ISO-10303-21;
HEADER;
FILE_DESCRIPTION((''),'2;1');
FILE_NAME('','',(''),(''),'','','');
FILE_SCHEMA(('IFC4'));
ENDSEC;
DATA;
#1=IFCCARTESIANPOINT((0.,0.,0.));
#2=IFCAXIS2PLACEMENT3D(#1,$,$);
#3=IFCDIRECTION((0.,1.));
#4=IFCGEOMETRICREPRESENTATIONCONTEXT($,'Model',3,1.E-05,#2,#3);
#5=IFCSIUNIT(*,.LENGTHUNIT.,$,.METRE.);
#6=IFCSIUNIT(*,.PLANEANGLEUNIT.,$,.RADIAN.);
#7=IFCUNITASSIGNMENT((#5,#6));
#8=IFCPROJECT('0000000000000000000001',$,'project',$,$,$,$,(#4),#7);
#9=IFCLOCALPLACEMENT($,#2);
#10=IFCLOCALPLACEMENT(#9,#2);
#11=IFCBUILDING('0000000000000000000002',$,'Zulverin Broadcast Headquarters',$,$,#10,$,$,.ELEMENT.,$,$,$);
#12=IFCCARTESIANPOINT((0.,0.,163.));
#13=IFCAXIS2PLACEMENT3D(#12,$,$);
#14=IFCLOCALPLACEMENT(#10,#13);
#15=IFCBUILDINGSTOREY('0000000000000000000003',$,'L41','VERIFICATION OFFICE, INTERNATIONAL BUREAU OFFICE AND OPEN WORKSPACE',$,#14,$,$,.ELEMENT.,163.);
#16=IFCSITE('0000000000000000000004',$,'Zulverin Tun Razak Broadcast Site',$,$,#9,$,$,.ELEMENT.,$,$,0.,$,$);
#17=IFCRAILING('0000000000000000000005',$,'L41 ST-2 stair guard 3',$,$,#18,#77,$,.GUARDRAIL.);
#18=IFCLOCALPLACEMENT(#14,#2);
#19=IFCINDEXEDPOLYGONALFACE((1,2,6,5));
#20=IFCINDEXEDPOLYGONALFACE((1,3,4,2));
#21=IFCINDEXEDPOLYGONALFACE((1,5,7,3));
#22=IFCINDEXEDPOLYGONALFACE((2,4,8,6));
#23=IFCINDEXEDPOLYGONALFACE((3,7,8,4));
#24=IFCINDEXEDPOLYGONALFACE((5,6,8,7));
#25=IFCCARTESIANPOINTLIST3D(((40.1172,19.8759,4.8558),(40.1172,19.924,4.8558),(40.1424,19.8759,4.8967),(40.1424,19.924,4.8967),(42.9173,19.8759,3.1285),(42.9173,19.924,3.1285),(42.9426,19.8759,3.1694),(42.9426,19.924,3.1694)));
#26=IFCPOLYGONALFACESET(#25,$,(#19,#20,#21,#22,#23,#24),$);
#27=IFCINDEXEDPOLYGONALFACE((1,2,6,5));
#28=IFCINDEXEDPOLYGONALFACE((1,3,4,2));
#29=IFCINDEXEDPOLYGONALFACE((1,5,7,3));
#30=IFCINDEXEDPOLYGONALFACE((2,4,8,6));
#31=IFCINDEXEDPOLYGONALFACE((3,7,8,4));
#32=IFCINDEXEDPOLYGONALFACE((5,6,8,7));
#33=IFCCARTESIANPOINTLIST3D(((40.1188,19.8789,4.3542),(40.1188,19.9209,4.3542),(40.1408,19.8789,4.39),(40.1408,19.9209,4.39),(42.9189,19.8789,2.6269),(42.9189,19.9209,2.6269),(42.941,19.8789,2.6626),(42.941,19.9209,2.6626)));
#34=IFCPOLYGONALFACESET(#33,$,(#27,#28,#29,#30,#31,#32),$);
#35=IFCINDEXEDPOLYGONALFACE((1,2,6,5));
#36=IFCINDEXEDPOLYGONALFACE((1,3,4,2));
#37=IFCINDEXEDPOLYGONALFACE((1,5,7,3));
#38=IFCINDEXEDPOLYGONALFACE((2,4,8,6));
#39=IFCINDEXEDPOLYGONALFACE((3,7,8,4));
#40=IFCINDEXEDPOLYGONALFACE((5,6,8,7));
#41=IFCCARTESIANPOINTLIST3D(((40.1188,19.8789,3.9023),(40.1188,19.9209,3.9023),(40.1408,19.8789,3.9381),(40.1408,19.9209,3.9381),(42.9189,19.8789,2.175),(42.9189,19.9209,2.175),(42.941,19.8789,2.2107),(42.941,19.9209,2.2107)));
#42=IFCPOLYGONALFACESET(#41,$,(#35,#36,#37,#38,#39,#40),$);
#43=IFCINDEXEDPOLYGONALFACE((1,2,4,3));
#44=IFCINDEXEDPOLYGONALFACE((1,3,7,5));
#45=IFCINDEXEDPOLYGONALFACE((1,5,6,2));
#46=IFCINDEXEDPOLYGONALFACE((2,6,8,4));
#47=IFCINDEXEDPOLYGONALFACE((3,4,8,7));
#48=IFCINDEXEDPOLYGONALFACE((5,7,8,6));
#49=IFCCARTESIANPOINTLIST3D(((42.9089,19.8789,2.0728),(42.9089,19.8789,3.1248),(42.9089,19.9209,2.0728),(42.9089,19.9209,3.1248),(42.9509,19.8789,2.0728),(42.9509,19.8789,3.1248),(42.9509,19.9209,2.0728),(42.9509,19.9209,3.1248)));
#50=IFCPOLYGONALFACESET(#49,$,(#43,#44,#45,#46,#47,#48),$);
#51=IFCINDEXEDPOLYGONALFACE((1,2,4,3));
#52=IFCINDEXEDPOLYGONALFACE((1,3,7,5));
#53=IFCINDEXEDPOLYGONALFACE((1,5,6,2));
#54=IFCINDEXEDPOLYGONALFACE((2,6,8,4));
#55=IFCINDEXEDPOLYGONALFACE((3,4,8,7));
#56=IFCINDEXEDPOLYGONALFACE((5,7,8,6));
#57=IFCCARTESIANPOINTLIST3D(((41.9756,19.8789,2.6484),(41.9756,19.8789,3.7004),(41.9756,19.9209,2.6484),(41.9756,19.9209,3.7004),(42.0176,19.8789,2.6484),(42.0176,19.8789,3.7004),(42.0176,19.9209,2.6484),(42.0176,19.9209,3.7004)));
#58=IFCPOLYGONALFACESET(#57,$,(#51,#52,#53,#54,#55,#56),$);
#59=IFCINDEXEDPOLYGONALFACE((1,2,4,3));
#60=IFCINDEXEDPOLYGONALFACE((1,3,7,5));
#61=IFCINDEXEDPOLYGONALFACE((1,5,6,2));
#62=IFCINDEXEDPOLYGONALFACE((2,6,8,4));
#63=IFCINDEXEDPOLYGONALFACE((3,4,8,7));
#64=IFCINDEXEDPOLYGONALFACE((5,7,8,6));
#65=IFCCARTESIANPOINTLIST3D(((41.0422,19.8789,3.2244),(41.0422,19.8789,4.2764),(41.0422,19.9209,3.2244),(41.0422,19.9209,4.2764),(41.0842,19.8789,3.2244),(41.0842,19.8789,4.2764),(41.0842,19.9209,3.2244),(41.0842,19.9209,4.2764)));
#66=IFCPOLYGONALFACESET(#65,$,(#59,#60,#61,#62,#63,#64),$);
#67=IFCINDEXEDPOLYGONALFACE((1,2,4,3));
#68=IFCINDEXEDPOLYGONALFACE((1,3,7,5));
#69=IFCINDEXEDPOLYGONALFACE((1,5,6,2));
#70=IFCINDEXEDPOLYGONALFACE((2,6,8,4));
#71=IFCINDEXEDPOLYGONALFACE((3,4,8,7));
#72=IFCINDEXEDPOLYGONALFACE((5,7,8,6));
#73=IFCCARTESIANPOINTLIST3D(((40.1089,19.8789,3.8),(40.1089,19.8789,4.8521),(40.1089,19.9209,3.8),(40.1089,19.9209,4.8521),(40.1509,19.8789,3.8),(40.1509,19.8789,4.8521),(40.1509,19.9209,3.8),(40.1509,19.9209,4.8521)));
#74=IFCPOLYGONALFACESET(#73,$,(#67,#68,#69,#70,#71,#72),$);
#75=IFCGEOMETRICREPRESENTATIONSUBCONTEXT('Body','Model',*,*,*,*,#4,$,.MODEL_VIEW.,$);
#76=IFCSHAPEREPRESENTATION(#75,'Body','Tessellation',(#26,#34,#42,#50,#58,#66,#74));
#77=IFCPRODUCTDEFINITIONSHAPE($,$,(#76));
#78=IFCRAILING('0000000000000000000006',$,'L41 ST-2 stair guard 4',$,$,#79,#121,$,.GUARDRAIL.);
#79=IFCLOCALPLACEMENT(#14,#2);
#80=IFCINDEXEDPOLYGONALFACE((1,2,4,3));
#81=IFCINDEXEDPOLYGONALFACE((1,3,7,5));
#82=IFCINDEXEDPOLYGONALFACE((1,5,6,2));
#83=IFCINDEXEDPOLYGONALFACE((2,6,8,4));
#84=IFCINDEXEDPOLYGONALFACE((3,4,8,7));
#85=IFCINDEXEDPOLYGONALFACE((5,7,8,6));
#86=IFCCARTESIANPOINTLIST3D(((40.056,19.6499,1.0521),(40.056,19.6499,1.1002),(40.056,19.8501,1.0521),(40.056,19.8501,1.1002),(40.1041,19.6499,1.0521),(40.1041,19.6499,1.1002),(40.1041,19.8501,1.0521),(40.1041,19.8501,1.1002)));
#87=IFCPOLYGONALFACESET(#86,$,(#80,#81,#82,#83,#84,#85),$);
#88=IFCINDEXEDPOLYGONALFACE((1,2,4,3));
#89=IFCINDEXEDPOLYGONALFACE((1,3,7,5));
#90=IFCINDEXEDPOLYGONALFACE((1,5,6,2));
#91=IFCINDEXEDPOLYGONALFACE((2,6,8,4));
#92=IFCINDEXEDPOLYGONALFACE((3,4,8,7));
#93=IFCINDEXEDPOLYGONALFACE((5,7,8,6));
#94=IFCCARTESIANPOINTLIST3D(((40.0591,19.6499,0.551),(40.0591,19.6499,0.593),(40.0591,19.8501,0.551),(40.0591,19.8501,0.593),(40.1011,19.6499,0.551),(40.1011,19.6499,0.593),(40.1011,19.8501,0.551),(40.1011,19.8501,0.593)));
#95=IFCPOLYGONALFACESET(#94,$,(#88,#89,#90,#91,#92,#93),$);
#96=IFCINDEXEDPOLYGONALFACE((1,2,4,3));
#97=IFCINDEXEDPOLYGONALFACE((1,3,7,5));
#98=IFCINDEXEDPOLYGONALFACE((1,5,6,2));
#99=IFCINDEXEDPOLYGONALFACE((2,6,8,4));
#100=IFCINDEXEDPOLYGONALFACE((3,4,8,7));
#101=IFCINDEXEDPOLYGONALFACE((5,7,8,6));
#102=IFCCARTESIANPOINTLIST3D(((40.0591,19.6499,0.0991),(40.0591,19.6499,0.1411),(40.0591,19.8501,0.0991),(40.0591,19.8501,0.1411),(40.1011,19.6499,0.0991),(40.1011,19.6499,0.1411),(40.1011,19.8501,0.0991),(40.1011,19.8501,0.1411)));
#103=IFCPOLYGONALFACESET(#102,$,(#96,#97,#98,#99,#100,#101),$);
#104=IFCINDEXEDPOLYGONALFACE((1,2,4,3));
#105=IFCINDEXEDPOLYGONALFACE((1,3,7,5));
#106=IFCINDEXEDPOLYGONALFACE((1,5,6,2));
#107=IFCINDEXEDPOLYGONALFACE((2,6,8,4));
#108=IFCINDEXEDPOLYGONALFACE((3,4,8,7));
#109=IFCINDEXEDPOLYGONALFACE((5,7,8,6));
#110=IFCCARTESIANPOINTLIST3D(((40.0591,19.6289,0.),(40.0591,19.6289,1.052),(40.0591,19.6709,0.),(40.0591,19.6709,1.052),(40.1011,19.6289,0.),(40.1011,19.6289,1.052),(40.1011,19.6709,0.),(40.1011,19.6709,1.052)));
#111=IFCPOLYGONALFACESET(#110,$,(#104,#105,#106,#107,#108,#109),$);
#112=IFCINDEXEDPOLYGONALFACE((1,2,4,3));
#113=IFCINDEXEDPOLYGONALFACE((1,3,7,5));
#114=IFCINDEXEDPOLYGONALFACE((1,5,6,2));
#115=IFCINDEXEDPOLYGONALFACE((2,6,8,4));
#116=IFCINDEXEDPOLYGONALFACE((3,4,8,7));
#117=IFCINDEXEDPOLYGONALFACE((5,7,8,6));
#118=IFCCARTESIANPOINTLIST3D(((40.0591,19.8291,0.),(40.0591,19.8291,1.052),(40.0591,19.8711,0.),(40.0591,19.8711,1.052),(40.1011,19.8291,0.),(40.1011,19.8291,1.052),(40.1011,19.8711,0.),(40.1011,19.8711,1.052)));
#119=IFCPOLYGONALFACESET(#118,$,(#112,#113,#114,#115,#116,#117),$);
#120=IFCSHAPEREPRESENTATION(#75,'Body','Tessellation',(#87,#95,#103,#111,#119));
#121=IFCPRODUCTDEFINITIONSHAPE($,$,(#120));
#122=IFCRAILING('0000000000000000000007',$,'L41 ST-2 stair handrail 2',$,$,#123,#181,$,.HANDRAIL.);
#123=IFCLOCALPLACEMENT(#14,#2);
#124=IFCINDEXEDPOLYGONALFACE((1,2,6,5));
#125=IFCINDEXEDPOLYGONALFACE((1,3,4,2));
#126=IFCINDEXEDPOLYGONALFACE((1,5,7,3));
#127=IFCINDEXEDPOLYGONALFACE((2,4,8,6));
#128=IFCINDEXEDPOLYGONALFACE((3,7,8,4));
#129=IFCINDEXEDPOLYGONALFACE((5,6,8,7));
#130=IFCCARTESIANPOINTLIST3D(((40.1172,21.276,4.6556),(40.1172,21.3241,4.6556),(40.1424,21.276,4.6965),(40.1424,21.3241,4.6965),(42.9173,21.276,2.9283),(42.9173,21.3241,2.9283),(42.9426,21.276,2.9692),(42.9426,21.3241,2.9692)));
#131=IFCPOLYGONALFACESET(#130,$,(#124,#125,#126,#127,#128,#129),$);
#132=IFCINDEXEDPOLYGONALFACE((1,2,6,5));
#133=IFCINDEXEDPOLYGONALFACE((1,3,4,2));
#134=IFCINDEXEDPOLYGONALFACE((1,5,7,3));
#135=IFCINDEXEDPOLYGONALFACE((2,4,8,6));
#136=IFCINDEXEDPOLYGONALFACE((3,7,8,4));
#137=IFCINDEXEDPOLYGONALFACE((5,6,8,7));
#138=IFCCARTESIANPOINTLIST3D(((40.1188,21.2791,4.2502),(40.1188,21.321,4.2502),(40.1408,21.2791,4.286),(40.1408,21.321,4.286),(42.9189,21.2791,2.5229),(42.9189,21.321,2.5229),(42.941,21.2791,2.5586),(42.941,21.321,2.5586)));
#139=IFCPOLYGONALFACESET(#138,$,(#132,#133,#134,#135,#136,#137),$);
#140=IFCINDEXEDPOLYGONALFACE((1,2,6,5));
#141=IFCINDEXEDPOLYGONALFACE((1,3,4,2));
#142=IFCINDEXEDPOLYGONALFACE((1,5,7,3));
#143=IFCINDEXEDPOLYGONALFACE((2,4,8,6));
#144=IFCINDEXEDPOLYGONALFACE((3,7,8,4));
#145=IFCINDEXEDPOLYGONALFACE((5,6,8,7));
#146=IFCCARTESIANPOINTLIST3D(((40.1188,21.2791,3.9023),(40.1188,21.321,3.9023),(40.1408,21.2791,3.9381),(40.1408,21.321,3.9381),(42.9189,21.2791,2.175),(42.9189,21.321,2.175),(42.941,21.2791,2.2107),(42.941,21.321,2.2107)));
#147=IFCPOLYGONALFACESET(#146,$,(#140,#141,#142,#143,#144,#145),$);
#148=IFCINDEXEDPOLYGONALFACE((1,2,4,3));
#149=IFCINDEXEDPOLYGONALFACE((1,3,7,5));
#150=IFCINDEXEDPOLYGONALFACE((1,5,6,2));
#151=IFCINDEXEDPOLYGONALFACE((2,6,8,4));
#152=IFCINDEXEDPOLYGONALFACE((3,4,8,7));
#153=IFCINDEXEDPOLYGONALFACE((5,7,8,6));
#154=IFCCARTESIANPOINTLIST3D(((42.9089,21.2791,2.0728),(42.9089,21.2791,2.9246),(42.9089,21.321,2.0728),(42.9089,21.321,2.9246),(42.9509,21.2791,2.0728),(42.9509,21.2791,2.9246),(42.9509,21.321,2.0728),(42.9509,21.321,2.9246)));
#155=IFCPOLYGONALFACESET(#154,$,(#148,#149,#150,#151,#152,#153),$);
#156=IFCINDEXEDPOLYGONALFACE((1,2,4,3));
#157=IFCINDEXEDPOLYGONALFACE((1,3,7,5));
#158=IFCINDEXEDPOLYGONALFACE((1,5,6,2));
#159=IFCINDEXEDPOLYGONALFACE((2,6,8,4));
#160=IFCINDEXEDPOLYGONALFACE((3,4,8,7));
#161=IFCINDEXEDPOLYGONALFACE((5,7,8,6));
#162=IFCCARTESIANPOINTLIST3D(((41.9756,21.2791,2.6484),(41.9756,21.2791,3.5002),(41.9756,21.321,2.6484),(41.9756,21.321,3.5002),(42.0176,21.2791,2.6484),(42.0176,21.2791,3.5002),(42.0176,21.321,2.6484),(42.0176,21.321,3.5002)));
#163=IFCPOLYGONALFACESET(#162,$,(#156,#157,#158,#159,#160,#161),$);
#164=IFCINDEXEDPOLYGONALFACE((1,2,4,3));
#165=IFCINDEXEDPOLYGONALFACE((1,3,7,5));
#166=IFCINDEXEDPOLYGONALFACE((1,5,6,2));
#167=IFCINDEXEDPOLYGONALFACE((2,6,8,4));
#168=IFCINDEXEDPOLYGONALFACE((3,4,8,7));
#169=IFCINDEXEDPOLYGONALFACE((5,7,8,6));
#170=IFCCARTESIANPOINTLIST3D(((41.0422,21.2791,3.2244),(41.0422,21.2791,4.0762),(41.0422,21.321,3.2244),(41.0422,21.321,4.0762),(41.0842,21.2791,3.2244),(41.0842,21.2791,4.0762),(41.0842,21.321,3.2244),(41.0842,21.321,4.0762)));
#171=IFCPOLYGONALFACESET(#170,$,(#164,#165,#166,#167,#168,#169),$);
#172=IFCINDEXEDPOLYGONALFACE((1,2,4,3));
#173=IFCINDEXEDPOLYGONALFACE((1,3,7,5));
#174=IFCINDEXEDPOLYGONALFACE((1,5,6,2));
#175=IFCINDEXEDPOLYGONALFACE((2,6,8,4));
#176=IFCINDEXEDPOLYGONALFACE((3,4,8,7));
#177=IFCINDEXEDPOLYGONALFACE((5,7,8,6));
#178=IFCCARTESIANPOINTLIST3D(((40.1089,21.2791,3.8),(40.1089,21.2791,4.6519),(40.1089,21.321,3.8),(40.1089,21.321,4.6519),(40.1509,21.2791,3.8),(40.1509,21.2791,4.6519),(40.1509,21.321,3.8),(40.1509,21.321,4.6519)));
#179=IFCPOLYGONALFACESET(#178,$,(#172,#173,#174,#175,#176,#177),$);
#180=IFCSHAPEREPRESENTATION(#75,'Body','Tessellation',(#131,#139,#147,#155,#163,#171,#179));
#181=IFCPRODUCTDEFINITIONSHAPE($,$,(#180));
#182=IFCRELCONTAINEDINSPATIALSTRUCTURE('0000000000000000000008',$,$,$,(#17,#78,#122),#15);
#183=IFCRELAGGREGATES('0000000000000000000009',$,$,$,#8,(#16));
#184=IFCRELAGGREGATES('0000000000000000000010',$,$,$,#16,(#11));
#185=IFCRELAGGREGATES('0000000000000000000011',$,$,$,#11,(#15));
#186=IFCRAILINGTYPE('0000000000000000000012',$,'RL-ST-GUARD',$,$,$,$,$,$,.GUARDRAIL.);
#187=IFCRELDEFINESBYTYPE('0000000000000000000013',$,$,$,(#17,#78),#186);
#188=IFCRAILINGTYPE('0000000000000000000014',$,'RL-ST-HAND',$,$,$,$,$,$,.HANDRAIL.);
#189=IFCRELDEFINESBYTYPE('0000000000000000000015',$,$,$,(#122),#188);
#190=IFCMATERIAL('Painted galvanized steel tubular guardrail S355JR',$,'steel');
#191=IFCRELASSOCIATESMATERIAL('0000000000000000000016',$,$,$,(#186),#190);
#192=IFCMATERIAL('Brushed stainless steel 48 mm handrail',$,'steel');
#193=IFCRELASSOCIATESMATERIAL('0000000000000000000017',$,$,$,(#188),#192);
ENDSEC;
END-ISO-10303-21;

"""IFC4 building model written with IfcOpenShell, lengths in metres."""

from ifc_helpers import new_model, si_unit, direction, frame, origin, origin_2d, place, context, subcontext, project, spatial, rectangle, extrude, material, type_object, element, save


model = new_model("IFC4")

# Units and contexts
model_context = context("Model", 3, precision=1e-05, world=origin(), true_north=direction((0.0, 1.0)))
body_context = subcontext(model_context, "Body", "Model", "MODEL_VIEW")
ifc_project = project(units=[si_unit("LENGTHUNIT", "METRE"), si_unit("PLANEANGLEUNIT", "RADIAN")], contexts=[model_context])

# Site, building, storey
site_placement = place(None, origin())
site = spatial("IfcSite", under=ifc_project, at=site_placement, Name="Zulverin Tun Razak Broadcast Site", CompositionType="ELEMENT", RefElevation=0.0)
building_placement = place(site_placement, origin())
building = spatial("IfcBuilding", under=site, at=building_placement, Name="Zulverin Broadcast Headquarters", CompositionType="ELEMENT")
storey_placement = place(building_placement, frame((0.0, 0.0, 163.0)))
storey = spatial("IfcBuildingStorey", under=building, at=storey_placement, Name="L41", Description="VERIFICATION OFFICE, INTERNATIONAL BUREAU OFFICE AND OPEN WORKSPACE", CompositionType="ELEMENT", Elevation=163.0)

# Railings
ifc_material_1 = material(Name="Painted galvanized steel tubular guardrail S355JR", Category="steel")
railing_type_1 = type_object("IfcRailingType", Name="RL-ST-GUARD", PredefinedType="GUARDRAIL", material=ifc_material_1)
railing_1_placement = place(storey_placement, frame((42.9299, 19.8999, 2.0728)))
element("IfcRailing", 1, at=railing_1_placement, inside=storey, type_object=railing_type_1, Name="L41 ST-2 stair guard 3", PredefinedType="GUARDRAIL", context=body_context, shape_type="SweptSolid", body=[
    extrude(rectangle(XDim=0.0481, YDim=0.0481, at=origin_2d()), frame((0.0, 0.0, 1.0762), z_axis=(-0.85109, 0.0, 0.52502), x_axis=(0.0, -1.0, 0.0)), (0.0, 0.0, 1.0), 3.29),
    extrude(rectangle(XDim=0.042, YDim=0.042, at=origin_2d()), frame((0.0, 0.0, 0.572), z_axis=(-0.85109, 0.0, 0.52502), x_axis=(0.0, -1.0, 0.0)), (0.0, 0.0, 1.0), 3.29),
    extrude(rectangle(XDim=0.042, YDim=0.042, at=origin_2d()), frame((0.0, 0.0, 0.1201), z_axis=(-0.85109, 0.0, 0.52502), x_axis=(0.0, -1.0, 0.0)), (0.0, 0.0, 1.0), 3.29),
    extrude(rectangle(XDim=0.042, YDim=0.042, at=origin_2d()), origin(), (0.0, 0.0, 1.0), 1.052),
    extrude(rectangle(XDim=0.042, YDim=0.042, at=origin_2d()), frame((-0.9333, 0.0, 0.5757)), (0.0, 0.0, 1.0), 1.052),
    extrude(rectangle(XDim=0.042, YDim=0.042, at=origin_2d()), frame((-1.8667, 0.0, 1.1516)), (0.0, 0.0, 1.0), 1.052),
    extrude(rectangle(XDim=0.042, YDim=0.042, at=origin_2d()), frame((-2.8, 0.0, 1.7273)), (0.0, 0.0, 1.0), 1.052),
])
railing_2_placement = place(storey_placement, frame((40.0801, 19.6499, 0.0)))
element("IfcRailing", 2, at=railing_2_placement, inside=storey, type_object=railing_type_1, Name="L41 ST-2 stair guard 4", PredefinedType="GUARDRAIL", context=body_context, shape_type="SweptSolid", body=[
    extrude(rectangle(XDim=0.0481, YDim=0.0481, at=origin_2d()), frame((0.0, 0.0, 1.0762), z_axis=(0.0, 1.0, 0.0), x_axis=(-1.0, 0.0, 0.0)), (0.0, 0.0, 1.0), 0.2002),
    extrude(rectangle(XDim=0.042, YDim=0.042, at=origin_2d()), frame((0.0, 0.0, 0.572), z_axis=(0.0, 1.0, 0.0), x_axis=(-1.0, 0.0, 0.0)), (0.0, 0.0, 1.0), 0.2002),
    extrude(rectangle(XDim=0.042, YDim=0.042, at=origin_2d()), frame((0.0, 0.0, 0.1201), z_axis=(0.0, 1.0, 0.0), x_axis=(-1.0, 0.0, 0.0)), (0.0, 0.0, 1.0), 0.2002),
    extrude(rectangle(XDim=0.042, YDim=0.042, at=origin_2d()), origin(), (0.0, 0.0, 1.0), 1.052),
    extrude(rectangle(XDim=0.042, YDim=0.042, at=origin_2d()), frame((0.0, 0.2002, 0.0)), (0.0, 0.0, 1.0), 1.052),
])
ifc_material_2 = material(Name="Brushed stainless steel 48 mm handrail", Category="steel")
railing_type_2 = type_object("IfcRailingType", Name="RL-ST-HAND", PredefinedType="HANDRAIL", material=ifc_material_2)
railing_3_placement = place(storey_placement, frame((42.9299, 21.3, 2.0728)))
element("IfcRailing", 3, at=railing_3_placement, inside=storey, type_object=railing_type_2, Name="L41 ST-2 stair handrail 2", PredefinedType="HANDRAIL", context=body_context, shape_type="SweptSolid", body=[
    extrude(rectangle(XDim=0.0481, YDim=0.0481, at=origin_2d()), frame((0.0, 0.0, 0.876), z_axis=(-0.85109, 0.0, 0.52502), x_axis=(0.0, -1.0, 0.0)), (0.0, 0.0, 1.0), 3.29),
    extrude(rectangle(XDim=0.042, YDim=0.042, at=origin_2d()), frame((0.0, 0.0, 0.468), z_axis=(-0.85109, 0.0, 0.52502), x_axis=(0.0, -1.0, 0.0)), (0.0, 0.0, 1.0), 3.29),
    extrude(rectangle(XDim=0.042, YDim=0.042, at=origin_2d()), frame((0.0, 0.0, 0.1201), z_axis=(-0.85109, 0.0, 0.52502), x_axis=(0.0, -1.0, 0.0)), (0.0, 0.0, 1.0), 3.29),
    extrude(rectangle(XDim=0.042, YDim=0.042, at=origin_2d()), origin(), (0.0, 0.0, 1.0), 0.8518),
    extrude(rectangle(XDim=0.042, YDim=0.042, at=origin_2d()), frame((-0.9333, 0.0, 0.5757)), (0.0, 0.0, 1.0), 0.8518),
    extrude(rectangle(XDim=0.042, YDim=0.042, at=origin_2d()), frame((-1.8667, 0.0, 1.1516)), (0.0, 0.0, 1.0), 0.8518),
    extrude(rectangle(XDim=0.042, YDim=0.042, at=origin_2d()), frame((-2.8, 0.0, 1.7273)), (0.0, 0.0, 1.0), 0.8518),
])

save(model, "model.ifc")
